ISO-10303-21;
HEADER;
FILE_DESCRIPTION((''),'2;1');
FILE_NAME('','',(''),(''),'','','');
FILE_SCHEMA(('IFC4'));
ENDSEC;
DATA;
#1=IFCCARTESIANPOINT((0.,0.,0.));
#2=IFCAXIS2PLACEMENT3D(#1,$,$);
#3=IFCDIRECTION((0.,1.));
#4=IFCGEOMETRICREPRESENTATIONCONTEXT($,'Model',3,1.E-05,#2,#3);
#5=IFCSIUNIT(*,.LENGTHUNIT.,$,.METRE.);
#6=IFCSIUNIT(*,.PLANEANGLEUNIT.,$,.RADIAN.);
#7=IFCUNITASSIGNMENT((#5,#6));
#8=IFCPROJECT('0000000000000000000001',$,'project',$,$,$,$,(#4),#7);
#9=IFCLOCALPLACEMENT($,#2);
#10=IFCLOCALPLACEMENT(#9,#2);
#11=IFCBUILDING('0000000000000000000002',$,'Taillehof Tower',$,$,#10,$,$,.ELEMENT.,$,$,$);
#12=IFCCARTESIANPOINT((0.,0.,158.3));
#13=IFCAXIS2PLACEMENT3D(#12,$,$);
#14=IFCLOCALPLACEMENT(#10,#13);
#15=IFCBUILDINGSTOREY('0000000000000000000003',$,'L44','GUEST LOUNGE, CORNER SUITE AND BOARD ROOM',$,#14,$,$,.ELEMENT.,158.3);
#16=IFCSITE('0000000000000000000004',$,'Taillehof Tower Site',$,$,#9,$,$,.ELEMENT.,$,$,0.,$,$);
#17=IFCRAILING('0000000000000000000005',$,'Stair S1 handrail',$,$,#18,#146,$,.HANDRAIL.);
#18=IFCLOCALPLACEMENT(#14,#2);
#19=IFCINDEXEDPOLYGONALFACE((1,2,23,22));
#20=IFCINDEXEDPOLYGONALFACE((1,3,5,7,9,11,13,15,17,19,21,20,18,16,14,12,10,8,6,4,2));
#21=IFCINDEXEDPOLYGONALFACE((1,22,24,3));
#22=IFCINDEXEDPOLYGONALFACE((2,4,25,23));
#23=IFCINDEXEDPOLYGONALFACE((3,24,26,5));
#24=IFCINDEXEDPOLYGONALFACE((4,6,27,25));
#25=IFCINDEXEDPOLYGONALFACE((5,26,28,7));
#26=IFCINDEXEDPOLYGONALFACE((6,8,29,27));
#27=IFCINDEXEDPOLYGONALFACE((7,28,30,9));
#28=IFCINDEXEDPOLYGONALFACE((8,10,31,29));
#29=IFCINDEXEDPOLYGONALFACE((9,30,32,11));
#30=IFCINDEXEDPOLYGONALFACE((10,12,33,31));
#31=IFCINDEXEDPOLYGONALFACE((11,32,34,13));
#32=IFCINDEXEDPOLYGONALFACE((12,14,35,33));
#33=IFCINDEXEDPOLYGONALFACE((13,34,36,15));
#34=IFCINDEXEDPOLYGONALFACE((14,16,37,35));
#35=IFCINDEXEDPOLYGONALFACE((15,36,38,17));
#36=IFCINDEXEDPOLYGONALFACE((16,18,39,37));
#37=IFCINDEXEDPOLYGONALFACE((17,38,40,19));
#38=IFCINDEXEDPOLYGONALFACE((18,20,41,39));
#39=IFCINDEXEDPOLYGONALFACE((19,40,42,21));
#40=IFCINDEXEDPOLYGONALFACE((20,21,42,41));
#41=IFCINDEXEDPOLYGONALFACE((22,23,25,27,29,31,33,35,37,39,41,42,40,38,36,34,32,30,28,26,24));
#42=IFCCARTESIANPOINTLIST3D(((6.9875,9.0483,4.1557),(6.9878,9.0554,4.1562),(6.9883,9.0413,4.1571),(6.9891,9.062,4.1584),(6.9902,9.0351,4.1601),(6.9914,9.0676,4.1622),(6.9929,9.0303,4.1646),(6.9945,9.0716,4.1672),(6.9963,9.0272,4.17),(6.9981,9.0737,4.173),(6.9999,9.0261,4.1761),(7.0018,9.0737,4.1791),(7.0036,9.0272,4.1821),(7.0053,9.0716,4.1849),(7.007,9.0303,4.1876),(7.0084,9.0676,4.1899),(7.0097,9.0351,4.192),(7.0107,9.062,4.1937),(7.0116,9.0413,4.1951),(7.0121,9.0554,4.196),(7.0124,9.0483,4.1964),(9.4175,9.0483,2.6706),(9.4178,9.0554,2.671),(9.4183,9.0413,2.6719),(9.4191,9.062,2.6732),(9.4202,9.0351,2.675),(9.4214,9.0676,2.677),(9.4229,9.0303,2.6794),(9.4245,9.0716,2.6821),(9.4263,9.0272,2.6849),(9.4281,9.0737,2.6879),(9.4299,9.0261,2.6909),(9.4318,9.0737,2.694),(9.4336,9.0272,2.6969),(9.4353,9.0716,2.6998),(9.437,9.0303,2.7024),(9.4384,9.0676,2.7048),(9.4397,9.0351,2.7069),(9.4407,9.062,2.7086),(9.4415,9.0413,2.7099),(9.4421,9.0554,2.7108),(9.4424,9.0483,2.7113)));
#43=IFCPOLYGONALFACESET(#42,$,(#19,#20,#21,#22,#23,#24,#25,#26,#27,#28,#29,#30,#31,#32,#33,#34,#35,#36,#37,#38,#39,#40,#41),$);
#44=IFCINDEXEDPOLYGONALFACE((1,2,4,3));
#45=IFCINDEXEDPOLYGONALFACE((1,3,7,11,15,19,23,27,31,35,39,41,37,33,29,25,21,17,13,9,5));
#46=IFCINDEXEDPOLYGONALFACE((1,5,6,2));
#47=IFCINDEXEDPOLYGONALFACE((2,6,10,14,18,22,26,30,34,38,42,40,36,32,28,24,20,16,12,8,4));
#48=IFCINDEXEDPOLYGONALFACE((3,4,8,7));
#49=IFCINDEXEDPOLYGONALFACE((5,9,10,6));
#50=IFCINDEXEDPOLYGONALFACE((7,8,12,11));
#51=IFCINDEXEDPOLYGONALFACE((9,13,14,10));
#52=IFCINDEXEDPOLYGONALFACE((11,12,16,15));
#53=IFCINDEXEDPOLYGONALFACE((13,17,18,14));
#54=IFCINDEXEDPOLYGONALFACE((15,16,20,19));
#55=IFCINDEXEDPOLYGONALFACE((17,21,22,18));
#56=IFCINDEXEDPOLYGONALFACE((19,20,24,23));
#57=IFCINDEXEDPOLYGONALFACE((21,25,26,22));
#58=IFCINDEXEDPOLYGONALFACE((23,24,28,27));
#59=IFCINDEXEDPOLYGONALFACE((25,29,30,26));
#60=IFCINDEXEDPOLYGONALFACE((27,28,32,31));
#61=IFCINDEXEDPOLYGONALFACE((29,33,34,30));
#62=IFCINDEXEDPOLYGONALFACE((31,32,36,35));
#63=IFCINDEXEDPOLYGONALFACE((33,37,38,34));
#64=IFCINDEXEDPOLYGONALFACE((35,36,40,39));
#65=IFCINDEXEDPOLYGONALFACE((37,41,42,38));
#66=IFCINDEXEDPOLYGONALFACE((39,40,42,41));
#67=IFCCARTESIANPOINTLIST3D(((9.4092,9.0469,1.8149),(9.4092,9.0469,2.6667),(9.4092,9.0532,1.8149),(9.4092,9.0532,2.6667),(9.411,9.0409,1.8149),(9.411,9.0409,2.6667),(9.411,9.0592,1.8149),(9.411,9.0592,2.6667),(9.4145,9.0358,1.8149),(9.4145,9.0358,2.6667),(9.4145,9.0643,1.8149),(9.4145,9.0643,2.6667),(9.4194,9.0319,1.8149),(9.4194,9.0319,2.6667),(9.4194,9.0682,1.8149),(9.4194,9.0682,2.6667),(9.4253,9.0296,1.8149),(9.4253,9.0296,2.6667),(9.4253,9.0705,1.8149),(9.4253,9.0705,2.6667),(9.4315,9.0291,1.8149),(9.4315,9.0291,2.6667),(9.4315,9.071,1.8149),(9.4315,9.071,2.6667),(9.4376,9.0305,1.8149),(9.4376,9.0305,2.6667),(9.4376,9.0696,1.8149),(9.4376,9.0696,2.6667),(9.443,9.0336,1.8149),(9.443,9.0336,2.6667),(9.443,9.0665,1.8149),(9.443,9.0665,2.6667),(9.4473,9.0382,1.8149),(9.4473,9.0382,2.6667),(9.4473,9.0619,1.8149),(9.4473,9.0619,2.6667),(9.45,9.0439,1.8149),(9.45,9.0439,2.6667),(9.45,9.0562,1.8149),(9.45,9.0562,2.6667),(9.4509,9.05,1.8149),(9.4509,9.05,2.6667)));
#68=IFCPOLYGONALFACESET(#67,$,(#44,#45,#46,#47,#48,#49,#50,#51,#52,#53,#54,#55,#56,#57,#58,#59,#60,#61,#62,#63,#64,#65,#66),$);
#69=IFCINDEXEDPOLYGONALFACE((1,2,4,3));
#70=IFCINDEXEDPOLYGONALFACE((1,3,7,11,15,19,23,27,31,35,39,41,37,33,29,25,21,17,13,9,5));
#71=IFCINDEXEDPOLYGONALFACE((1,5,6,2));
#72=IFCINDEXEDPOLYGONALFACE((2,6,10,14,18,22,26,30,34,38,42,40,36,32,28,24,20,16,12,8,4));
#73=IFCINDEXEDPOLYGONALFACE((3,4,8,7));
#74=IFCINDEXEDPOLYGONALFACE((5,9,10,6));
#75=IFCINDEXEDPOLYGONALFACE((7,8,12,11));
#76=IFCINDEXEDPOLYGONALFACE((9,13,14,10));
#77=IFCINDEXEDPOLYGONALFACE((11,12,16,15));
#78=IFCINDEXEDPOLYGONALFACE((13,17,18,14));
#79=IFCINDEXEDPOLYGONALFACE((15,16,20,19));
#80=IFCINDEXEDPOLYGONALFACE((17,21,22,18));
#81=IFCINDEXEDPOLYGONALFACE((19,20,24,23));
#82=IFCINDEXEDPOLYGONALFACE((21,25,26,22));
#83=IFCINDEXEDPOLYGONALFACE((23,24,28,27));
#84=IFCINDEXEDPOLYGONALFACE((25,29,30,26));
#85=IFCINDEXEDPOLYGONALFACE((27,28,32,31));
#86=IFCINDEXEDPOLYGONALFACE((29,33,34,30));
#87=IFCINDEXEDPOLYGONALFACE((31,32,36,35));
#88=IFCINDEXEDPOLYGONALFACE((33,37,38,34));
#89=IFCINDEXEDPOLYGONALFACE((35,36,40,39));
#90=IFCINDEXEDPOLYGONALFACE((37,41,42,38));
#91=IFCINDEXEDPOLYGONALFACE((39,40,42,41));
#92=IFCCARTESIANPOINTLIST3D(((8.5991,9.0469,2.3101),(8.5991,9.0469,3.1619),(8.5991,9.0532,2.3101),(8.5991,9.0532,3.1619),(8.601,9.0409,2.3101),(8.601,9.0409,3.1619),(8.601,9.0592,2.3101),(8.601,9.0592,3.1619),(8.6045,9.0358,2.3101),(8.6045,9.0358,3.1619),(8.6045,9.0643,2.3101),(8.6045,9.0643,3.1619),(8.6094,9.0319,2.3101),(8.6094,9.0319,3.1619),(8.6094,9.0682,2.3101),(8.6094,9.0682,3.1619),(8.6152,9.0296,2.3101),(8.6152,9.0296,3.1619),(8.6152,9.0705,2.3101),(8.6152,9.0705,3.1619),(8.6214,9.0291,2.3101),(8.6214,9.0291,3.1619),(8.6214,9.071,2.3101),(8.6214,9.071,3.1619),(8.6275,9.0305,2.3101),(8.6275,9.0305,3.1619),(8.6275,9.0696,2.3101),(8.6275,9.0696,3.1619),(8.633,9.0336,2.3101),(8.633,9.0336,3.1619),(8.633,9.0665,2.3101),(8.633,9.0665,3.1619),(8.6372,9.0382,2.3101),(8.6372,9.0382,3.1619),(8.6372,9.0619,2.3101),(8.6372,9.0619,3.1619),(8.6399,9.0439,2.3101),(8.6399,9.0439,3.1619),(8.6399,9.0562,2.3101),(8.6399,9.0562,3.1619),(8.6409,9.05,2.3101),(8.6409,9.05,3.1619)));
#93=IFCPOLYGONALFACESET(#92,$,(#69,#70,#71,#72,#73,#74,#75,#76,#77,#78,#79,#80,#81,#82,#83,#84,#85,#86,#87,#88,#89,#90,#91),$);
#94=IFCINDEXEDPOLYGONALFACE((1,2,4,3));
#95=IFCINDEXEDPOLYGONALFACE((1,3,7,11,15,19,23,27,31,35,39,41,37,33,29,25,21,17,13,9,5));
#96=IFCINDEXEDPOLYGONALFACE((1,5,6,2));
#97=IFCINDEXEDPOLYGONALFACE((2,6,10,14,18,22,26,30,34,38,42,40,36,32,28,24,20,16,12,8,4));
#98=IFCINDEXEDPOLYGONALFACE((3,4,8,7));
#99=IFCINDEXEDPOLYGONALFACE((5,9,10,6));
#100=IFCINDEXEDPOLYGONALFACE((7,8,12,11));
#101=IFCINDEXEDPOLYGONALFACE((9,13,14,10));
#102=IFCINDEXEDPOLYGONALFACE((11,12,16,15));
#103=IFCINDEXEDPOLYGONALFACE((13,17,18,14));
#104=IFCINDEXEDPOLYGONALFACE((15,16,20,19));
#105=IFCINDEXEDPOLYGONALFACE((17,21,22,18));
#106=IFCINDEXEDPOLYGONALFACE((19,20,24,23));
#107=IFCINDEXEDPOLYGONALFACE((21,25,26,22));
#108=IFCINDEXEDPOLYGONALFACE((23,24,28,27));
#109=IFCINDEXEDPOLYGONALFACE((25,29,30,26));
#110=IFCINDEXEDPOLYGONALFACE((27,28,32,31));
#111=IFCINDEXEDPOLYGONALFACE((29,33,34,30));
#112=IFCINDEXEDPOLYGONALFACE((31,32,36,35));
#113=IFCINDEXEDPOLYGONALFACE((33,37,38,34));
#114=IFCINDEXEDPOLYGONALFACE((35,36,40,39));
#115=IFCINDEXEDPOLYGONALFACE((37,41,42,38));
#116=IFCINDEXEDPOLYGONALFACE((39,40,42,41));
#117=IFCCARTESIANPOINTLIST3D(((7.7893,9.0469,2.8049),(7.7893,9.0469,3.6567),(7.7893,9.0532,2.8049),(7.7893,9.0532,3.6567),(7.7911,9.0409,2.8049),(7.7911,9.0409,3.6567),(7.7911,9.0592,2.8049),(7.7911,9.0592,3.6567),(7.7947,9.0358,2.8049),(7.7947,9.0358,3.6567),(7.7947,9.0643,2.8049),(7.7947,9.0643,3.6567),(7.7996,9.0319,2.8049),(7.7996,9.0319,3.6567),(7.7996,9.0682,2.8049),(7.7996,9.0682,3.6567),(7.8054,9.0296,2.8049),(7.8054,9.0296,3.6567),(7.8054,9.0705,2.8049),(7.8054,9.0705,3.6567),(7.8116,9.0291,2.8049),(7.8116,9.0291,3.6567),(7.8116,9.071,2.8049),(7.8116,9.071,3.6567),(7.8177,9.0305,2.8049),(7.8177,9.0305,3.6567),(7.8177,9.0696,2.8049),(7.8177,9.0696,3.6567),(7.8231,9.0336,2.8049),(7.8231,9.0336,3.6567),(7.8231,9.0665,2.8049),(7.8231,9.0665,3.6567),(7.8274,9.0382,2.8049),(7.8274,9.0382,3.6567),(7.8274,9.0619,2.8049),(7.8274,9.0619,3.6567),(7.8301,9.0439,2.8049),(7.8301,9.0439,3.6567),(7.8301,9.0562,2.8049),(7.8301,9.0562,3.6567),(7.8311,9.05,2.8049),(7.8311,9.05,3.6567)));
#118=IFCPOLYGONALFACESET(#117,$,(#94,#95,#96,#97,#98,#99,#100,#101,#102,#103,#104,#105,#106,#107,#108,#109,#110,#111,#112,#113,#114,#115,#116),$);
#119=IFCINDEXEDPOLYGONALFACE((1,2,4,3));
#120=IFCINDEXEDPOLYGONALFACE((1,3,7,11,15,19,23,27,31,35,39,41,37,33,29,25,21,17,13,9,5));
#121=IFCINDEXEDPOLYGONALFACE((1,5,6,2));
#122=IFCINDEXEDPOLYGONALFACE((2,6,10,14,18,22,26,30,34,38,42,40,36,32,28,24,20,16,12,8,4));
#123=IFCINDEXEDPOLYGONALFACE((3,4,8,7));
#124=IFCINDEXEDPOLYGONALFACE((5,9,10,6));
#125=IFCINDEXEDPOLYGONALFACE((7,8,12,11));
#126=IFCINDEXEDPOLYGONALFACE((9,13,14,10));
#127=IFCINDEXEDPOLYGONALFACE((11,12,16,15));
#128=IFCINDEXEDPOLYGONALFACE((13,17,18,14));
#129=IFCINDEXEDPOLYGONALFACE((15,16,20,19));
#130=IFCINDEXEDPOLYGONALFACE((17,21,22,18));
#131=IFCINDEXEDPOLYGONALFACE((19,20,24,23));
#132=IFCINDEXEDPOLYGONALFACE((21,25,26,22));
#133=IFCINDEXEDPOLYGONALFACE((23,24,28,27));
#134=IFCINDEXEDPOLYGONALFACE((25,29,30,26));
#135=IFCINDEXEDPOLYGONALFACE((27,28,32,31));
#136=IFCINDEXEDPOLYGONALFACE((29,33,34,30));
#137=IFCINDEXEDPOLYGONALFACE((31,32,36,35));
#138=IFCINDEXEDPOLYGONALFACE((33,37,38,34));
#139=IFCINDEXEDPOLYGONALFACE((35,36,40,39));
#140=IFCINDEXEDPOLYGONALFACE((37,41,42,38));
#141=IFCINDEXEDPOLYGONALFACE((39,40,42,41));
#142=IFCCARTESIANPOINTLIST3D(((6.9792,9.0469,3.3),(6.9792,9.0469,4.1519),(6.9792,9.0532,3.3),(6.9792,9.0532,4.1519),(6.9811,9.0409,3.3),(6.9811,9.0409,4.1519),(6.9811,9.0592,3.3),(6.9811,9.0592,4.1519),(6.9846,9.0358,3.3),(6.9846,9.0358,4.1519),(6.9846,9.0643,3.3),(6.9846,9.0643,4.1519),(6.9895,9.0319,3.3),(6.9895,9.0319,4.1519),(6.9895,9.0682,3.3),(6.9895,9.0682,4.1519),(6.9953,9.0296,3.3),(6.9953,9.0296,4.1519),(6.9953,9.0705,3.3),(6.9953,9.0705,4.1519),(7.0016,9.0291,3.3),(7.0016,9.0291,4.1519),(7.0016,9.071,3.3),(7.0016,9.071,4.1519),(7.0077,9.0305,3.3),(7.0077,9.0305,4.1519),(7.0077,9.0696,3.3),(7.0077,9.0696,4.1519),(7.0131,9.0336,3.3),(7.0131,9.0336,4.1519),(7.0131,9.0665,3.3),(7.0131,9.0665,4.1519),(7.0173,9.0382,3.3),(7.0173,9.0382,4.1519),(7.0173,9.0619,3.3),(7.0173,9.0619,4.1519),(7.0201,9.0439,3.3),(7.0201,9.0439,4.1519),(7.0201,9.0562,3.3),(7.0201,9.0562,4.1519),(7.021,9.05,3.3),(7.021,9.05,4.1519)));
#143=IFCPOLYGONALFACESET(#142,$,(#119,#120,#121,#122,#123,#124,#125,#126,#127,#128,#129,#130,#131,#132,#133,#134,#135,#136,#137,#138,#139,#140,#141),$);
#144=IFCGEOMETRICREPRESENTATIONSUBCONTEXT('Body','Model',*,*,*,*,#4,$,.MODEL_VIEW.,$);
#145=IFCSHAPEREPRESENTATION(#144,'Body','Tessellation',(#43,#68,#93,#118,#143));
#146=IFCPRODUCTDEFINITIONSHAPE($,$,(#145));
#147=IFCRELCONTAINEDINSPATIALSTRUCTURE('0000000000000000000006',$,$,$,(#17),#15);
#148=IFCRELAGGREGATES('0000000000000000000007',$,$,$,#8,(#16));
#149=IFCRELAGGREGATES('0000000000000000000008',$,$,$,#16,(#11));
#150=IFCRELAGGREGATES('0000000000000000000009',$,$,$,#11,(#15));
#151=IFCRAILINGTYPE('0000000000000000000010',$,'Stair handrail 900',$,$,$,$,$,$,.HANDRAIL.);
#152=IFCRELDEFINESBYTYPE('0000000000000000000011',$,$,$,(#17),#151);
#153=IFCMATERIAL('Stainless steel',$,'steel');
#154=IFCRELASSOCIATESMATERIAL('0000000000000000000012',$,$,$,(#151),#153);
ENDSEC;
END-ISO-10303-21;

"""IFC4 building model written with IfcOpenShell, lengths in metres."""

from ifc_helpers import new_model, si_unit, direction, frame, origin, origin_2d, place, context, subcontext, project, spatial, circle, extrude, material, type_object, element, save


model = new_model("IFC4")

# Units and contexts
model_context = context("Model", 3, precision=1e-05, world=origin(), true_north=direction((0.0, 1.0)))
body_context = subcontext(model_context, "Body", "Model", "MODEL_VIEW")
ifc_project = project(units=[si_unit("LENGTHUNIT", "METRE"), si_unit("PLANEANGLEUNIT", "RADIAN")], contexts=[model_context])

# Site, building, storey
site_placement = place(None, origin())
site = spatial("IfcSite", under=ifc_project, at=site_placement, Name="Taillehof Tower Site", CompositionType="ELEMENT", RefElevation=0.0)
building_placement = place(site_placement, origin())
building = spatial("IfcBuilding", under=site, at=building_placement, Name="Taillehof Tower", CompositionType="ELEMENT")
storey_placement = place(building_placement, frame((0.0, 0.0, 158.3)))
storey = spatial("IfcBuildingStorey", under=building, at=storey_placement, Name="L44", Description="GUEST LOUNGE, CORNER SUITE AND BOARD ROOM", CompositionType="ELEMENT", Elevation=158.3)

# Railing
ifc_material_1 = material(Name="Stainless steel", Category="steel")
railing_type = type_object("IfcRailingType", Name="Stair handrail 900", PredefinedType="HANDRAIL", material=ifc_material_1)
railing_placement = place(storey_placement, frame((9.4299, 9.05, 1.8149)))
element("IfcRailing", 1, at=railing_placement, inside=storey, type_object=railing_type, Name="Stair S1 handrail", PredefinedType="HANDRAIL", context=body_context, shape_type="SweptSolid", body=[
    extrude(circle(Radius=0.0239, at=origin_2d()), frame((0.0, 0.0, 0.876), z_axis=(-0.853259, 0.0, 0.521488), x_axis=(0.0, -1.0, 0.0)), (0.0, 0.0, 1.0), 2.8479),
    extrude(circle(Radius=0.021, at=origin_2d()), origin(), (0.0, 0.0, 1.0), 0.8518),
    extrude(circle(Radius=0.021, at=origin_2d()), frame((-0.8101, 0.0, 0.4951)), (0.0, 0.0, 1.0), 0.8518),
    extrude(circle(Radius=0.021, at=origin_2d()), frame((-1.6199, 0.0, 0.99)), (0.0, 0.0, 1.0), 0.8518),
    extrude(circle(Radius=0.021, at=origin_2d()), frame((-2.4299, 0.0, 1.4851)), (0.0, 0.0, 1.0), 0.8518),
])

save(model, "model.ifc")
